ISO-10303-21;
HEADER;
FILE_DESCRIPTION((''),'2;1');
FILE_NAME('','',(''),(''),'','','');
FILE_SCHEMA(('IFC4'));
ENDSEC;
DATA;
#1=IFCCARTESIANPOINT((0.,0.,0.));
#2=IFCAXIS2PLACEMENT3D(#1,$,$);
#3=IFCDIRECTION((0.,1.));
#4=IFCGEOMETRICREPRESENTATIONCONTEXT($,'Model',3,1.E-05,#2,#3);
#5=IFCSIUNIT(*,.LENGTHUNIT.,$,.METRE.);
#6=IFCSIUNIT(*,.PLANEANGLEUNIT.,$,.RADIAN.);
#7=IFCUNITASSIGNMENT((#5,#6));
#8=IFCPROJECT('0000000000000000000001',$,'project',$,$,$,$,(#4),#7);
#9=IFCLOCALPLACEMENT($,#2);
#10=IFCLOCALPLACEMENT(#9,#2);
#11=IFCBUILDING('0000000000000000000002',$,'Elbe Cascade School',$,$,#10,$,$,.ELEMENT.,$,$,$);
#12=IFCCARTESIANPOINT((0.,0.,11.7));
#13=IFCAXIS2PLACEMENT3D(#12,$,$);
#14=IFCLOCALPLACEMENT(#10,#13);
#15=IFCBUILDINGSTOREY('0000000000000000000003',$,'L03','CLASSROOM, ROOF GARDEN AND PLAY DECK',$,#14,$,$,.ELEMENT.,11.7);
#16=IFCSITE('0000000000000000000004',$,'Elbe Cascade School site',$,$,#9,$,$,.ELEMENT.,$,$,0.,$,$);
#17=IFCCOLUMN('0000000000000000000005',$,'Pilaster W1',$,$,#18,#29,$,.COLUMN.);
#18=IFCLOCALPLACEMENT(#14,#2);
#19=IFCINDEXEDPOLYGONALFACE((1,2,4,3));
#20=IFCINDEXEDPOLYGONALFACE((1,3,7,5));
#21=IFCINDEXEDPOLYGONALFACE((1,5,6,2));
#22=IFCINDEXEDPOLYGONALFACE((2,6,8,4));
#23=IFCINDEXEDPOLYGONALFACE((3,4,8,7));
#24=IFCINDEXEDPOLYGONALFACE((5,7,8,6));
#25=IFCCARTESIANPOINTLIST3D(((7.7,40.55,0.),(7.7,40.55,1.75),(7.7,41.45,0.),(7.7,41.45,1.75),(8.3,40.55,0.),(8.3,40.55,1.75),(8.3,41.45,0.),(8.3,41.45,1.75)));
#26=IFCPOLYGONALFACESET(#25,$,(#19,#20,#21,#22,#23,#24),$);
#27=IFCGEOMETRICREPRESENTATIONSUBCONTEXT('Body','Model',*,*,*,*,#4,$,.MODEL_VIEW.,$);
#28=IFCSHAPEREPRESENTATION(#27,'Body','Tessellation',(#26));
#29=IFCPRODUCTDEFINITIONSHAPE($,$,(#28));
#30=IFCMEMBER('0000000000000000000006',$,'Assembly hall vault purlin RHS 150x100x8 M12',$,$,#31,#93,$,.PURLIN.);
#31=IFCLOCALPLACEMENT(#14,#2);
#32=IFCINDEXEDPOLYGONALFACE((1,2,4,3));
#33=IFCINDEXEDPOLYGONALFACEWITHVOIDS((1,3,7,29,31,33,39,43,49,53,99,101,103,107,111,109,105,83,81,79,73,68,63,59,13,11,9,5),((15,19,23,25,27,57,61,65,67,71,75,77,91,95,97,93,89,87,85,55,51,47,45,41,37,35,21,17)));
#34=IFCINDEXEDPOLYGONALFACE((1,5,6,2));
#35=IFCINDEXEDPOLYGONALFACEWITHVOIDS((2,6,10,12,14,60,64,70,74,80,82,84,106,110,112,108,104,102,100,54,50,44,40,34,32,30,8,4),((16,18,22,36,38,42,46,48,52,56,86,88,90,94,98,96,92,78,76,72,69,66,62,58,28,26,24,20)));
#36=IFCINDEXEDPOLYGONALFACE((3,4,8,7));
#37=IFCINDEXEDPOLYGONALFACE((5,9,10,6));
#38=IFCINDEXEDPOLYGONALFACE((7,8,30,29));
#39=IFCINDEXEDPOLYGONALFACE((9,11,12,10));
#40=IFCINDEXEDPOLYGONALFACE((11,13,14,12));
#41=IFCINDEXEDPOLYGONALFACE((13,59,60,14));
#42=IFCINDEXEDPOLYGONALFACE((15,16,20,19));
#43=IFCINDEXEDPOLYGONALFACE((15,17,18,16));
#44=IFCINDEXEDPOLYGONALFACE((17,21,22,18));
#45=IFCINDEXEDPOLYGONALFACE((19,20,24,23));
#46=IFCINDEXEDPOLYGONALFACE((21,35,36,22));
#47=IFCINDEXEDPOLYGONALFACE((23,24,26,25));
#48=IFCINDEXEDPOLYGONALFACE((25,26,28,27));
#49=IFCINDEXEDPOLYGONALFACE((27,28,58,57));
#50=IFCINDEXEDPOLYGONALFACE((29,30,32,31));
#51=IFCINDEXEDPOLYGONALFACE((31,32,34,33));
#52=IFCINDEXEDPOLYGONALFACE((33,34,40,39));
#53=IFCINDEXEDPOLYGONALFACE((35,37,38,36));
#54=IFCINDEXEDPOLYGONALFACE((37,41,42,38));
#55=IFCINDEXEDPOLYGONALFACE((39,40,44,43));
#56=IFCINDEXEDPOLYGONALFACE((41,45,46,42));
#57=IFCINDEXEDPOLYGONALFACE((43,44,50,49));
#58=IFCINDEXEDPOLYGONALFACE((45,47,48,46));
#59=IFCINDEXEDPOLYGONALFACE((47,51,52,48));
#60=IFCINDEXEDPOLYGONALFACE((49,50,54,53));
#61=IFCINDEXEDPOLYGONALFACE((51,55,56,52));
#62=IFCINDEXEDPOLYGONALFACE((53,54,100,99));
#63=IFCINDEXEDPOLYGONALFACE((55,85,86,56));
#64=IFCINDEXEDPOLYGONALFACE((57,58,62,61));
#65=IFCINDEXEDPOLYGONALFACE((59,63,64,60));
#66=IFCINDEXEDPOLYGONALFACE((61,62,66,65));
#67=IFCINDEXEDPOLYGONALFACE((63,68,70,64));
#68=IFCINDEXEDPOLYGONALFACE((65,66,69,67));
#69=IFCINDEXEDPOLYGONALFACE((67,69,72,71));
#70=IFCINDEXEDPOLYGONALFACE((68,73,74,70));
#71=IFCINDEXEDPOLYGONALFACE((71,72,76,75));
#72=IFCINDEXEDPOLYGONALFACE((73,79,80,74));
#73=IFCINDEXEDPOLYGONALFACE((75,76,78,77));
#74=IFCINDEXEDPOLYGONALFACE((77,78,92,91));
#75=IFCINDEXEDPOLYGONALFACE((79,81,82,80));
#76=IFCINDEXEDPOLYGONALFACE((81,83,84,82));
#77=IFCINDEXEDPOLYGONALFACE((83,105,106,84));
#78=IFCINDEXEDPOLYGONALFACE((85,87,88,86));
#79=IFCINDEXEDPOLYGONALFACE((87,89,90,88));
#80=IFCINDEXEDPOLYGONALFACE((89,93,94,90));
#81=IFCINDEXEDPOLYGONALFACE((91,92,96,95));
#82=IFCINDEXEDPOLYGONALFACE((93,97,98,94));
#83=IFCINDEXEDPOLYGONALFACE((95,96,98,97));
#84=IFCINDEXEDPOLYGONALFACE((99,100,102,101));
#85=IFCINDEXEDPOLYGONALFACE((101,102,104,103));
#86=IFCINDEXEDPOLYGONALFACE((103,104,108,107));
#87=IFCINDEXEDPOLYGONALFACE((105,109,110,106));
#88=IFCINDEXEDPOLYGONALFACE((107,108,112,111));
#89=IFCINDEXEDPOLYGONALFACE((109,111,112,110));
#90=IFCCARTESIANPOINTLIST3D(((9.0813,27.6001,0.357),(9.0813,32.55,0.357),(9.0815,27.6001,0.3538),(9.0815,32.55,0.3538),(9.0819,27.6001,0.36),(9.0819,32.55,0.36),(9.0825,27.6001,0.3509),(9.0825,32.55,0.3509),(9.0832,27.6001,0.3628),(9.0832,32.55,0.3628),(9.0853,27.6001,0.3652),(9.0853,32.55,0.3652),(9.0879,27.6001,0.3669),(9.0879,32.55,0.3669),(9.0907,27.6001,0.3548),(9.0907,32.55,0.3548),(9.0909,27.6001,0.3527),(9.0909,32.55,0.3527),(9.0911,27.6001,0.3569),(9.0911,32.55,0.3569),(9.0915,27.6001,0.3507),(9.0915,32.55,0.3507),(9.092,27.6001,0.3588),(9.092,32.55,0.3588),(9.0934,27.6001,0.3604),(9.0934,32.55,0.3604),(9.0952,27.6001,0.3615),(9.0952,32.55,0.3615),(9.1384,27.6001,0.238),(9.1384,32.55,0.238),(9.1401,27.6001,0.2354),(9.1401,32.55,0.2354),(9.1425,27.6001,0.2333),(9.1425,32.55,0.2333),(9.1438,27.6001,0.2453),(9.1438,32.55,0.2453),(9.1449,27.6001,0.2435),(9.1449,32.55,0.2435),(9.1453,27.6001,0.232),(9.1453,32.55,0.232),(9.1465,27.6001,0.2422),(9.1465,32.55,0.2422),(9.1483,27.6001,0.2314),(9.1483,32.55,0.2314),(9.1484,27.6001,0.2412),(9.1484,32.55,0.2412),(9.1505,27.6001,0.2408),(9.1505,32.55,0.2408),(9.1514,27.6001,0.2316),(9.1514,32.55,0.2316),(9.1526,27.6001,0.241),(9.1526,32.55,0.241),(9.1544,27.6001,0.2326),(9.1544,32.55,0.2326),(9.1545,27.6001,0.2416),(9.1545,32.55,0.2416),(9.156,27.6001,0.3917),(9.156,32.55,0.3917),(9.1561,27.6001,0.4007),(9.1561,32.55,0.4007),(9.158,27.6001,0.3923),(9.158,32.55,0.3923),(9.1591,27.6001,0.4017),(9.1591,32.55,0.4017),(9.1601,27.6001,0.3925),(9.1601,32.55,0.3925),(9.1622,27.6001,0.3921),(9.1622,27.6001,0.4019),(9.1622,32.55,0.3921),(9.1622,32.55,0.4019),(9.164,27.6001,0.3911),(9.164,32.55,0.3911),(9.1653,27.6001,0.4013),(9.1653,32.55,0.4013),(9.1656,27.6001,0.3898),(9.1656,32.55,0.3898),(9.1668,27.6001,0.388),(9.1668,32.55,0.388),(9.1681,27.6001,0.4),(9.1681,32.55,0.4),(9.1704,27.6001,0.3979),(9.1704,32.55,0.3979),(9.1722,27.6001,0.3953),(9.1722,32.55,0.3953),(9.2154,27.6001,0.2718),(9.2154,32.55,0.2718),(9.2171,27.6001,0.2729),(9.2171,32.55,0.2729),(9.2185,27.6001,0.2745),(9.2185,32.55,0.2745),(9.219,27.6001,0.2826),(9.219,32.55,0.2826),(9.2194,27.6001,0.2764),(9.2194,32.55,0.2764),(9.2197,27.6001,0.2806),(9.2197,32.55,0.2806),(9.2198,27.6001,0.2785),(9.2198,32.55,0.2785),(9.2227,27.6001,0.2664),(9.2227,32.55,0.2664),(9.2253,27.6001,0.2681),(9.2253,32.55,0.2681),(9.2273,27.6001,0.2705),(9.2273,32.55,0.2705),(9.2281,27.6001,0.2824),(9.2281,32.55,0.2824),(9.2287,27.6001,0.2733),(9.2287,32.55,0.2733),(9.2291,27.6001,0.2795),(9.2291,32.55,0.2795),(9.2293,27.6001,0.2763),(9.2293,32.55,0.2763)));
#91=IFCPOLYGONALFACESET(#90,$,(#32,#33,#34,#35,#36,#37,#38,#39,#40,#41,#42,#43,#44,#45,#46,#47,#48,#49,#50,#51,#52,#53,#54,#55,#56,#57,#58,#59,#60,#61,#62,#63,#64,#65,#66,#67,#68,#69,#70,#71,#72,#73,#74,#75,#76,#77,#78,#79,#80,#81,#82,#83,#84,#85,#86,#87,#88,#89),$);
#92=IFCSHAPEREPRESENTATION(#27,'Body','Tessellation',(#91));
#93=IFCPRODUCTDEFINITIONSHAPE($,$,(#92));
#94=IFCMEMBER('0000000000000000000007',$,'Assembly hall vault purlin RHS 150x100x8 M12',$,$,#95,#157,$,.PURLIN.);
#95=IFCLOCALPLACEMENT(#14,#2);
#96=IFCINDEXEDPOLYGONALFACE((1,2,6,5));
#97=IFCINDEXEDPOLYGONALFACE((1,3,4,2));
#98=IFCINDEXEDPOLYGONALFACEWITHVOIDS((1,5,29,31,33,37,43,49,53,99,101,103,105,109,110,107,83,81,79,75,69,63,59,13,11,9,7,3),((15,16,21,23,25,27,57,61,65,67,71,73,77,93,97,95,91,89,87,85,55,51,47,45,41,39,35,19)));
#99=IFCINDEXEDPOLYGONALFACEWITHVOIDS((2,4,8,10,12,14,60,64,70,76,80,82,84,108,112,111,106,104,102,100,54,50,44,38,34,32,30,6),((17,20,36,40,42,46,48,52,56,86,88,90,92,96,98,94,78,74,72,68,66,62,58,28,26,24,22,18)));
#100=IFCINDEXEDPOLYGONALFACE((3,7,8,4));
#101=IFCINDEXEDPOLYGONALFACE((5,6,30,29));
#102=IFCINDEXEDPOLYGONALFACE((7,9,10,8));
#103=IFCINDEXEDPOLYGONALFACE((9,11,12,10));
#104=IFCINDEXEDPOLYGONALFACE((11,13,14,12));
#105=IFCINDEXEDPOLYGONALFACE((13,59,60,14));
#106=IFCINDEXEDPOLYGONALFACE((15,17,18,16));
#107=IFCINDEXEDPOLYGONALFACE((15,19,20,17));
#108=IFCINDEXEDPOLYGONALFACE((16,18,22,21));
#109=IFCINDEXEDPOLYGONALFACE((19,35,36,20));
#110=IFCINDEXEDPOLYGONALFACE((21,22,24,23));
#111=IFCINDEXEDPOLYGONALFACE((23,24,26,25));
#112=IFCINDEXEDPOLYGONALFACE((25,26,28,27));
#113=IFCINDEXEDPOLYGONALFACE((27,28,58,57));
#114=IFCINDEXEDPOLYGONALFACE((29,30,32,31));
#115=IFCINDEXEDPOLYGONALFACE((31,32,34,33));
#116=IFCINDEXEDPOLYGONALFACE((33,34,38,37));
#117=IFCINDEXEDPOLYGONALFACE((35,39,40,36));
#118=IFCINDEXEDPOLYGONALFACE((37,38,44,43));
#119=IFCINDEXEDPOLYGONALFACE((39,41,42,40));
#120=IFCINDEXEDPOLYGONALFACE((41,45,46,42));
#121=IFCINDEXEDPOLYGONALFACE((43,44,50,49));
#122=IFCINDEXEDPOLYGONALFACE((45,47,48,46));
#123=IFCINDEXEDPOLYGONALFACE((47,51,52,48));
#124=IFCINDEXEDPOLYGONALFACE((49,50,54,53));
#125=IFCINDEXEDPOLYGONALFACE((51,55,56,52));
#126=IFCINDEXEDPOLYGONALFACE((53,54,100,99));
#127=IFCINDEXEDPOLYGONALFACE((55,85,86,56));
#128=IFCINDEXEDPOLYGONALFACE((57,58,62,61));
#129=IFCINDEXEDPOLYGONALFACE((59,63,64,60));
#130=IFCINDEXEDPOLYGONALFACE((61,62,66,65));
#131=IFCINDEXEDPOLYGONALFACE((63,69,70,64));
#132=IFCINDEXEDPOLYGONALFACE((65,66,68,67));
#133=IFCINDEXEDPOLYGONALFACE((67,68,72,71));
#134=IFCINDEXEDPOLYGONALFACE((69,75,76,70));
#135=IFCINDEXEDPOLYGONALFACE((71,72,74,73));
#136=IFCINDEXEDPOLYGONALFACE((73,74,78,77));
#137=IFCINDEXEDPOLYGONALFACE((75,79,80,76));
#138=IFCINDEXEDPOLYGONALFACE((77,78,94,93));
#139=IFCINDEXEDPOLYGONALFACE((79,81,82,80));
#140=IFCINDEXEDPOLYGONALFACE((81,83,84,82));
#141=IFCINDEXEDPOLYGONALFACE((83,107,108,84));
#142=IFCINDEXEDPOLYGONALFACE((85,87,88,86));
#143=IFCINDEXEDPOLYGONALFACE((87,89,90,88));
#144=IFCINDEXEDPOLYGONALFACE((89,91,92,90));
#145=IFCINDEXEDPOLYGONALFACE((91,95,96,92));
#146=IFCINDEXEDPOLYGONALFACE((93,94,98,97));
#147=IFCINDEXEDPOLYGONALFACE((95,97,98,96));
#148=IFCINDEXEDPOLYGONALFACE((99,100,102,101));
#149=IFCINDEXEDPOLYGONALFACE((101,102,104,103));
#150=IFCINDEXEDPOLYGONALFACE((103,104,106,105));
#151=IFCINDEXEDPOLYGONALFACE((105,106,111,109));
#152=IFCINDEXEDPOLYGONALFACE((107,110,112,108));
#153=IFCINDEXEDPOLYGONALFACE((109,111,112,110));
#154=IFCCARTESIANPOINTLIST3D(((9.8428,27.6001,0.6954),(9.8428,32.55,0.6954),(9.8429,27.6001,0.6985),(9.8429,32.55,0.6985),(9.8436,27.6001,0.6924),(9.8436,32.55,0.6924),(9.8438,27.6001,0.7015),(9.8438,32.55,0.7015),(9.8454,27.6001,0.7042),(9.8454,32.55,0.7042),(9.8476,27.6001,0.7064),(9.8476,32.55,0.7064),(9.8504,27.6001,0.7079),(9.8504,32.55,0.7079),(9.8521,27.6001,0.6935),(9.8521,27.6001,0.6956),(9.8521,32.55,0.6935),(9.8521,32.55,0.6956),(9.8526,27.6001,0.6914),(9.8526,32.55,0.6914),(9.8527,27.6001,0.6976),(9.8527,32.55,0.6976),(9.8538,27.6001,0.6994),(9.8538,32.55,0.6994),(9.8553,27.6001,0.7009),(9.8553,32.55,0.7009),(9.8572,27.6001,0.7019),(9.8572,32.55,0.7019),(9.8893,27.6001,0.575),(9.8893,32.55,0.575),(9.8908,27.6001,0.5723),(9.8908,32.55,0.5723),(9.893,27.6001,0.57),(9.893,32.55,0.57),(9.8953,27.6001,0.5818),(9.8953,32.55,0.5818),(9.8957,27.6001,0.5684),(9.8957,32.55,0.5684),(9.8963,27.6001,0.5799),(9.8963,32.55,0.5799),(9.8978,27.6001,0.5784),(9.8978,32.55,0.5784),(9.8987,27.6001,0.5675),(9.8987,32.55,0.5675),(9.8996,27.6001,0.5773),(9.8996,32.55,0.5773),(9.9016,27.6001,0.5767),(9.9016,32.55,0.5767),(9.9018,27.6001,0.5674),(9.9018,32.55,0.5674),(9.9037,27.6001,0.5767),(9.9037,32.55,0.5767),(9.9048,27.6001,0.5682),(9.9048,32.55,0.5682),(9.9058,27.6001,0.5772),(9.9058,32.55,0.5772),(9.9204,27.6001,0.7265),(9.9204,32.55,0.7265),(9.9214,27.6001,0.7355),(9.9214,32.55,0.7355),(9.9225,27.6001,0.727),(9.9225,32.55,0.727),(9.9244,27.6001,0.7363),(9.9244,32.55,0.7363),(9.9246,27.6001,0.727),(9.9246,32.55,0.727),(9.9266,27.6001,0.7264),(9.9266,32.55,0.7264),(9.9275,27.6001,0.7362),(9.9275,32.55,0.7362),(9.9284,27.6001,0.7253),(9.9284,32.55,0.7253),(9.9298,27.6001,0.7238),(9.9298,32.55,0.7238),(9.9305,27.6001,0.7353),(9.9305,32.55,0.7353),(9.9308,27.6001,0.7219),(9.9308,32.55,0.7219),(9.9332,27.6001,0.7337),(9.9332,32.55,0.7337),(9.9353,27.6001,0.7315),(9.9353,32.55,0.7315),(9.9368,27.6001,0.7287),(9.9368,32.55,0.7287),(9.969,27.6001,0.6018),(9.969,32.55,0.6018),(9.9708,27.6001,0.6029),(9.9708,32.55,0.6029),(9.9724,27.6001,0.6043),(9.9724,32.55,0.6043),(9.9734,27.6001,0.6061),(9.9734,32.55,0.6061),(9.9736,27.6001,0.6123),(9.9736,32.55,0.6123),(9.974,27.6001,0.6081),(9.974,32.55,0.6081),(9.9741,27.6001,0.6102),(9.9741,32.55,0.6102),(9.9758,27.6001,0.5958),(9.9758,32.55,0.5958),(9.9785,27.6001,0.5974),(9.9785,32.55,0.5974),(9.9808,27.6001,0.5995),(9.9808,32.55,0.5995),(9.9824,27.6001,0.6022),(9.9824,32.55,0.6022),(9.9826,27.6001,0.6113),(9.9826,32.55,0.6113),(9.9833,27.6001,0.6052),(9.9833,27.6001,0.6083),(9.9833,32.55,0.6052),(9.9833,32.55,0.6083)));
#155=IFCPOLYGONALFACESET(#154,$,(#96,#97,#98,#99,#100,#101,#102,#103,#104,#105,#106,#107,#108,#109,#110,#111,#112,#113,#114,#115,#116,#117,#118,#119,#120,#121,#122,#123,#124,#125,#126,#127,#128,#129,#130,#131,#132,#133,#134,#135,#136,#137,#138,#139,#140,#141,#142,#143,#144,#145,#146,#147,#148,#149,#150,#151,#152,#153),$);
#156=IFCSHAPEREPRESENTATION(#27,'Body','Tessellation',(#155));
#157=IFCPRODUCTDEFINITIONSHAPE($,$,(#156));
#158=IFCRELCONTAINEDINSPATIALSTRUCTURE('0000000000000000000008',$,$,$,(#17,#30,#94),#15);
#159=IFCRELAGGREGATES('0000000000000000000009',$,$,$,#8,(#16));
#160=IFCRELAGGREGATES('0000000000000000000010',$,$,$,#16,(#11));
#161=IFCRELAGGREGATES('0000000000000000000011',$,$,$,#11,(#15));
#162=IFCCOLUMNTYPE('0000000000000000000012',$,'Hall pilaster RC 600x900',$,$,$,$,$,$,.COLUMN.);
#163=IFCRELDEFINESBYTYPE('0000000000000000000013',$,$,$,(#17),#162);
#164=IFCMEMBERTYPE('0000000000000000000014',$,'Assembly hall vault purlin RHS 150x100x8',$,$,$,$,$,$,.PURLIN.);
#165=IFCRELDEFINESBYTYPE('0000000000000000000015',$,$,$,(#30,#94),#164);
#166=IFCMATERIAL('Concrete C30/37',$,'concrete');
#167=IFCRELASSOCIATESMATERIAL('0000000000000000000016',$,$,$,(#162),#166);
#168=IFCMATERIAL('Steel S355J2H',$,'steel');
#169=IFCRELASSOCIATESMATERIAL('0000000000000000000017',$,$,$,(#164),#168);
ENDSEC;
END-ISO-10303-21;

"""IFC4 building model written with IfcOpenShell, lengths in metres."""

from ifc_helpers import new_model, si_unit, direction, frame, origin, origin_2d, place, context, subcontext, project, spatial, rectangle, hollow_rectangle, extrude, material, material_profile, profile_set, type_object, element, save


model = new_model("IFC4")

# Units and contexts
model_context = context("Model", 3, precision=1e-05, world=origin(), true_north=direction((0.0, 1.0)))
body_context = subcontext(model_context, "Body", "Model", "MODEL_VIEW")
ifc_project = project(units=[si_unit("LENGTHUNIT", "METRE"), si_unit("PLANEANGLEUNIT", "RADIAN")], contexts=[model_context])

# Site, building, storey
site_placement = place(None, origin())
site = spatial("IfcSite", under=ifc_project, at=site_placement, Name="Elbe Cascade School site", CompositionType="ELEMENT", RefElevation=0.0)
building_placement = place(site_placement, origin())
building = spatial("IfcBuilding", under=site, at=building_placement, Name="Elbe Cascade School", CompositionType="ELEMENT")
storey_placement = place(building_placement, frame((0.0, 0.0, 11.7)))
storey = spatial("IfcBuildingStorey", under=building, at=storey_placement, Name="L03", Description="CLASSROOM, ROOF GARDEN AND PLAY DECK", CompositionType="ELEMENT", Elevation=11.7)

# Column
ifc_material_1 = material(Name="Concrete C30/37", Category="concrete")
ifc_material_profile_1 = material_profile(ifc_material_1, rectangle(XDim=0.6001, YDim=0.8999, at=origin_2d()), Name="RC 600x900")
ifc_profile_set_1 = profile_set([ifc_material_profile_1], Name="Concrete C30/37")
column_type = type_object("IfcColumnType", Name="Hall pilaster RC 600x900", PredefinedType="COLUMN", material=ifc_profile_set_1)
column_placement = place(storey_placement, frame((8.0, 41.0, 0.0), z_axis=(0.0, 0.0, 1.0), x_axis=(1.0, 0.0, 0.0)))
element("IfcColumn", 1, at=column_placement, inside=storey, type_object=column_type, Name="Pilaster W1", PredefinedType="COLUMN", context=body_context, shape_type="SweptSolid", body=[
    extrude(rectangle(XDim=0.6001, YDim=0.8999, at=origin_2d()), origin(), (0.0, 0.0, 1.0), 1.75),
])

# Members
ifc_material_2 = material(Name="Steel S355J2H", Category="steel")
ifc_material_profile_2 = material_profile(ifc_material_2, hollow_rectangle(XDim=0.1001, YDim=0.1499, WallThickness=0.0081, InnerFilletRadius=0.0081, OuterFilletRadius=0.012, at=origin_2d()), Name="RHS 150x100x8")
ifc_profile_set_2 = profile_set([ifc_material_profile_2], Name="Steel S355J2H")
member_type_1 = type_object("IfcMemberType", Name="Assembly hall vault purlin RHS 150x100x8", PredefinedType="PURLIN", material=ifc_profile_set_2)
for number, where, z_axis, x_axis, name in (
    (2, (9.1553, 27.6001, 0.3167), (0.0, 1.0, 0.0), (-0.896139, 0.0, -0.443774), "Assembly hall vault purlin RHS 150x100x8 M12"),
    (3, (9.9131, 27.6001, 0.6519), (0.0, 1.0, 0.0), (-0.93176, 0.0, -0.363076), "Assembly hall vault purlin RHS 150x100x8 M12"),
):
    element("IfcMember", number, at=place(storey_placement, frame(where, z_axis=z_axis, x_axis=x_axis)), inside=storey, type_object=member_type_1, Name=name, PredefinedType="PURLIN", context=body_context, shape_type="SweptSolid", body=[
        extrude(hollow_rectangle(XDim=0.1001, YDim=0.1499, WallThickness=0.0081, InnerFilletRadius=0.0081, OuterFilletRadius=0.012, at=origin_2d()), origin(), (0.0, 0.0, 1.0), 4.95),
    ])

save(model, "model.ifc")
